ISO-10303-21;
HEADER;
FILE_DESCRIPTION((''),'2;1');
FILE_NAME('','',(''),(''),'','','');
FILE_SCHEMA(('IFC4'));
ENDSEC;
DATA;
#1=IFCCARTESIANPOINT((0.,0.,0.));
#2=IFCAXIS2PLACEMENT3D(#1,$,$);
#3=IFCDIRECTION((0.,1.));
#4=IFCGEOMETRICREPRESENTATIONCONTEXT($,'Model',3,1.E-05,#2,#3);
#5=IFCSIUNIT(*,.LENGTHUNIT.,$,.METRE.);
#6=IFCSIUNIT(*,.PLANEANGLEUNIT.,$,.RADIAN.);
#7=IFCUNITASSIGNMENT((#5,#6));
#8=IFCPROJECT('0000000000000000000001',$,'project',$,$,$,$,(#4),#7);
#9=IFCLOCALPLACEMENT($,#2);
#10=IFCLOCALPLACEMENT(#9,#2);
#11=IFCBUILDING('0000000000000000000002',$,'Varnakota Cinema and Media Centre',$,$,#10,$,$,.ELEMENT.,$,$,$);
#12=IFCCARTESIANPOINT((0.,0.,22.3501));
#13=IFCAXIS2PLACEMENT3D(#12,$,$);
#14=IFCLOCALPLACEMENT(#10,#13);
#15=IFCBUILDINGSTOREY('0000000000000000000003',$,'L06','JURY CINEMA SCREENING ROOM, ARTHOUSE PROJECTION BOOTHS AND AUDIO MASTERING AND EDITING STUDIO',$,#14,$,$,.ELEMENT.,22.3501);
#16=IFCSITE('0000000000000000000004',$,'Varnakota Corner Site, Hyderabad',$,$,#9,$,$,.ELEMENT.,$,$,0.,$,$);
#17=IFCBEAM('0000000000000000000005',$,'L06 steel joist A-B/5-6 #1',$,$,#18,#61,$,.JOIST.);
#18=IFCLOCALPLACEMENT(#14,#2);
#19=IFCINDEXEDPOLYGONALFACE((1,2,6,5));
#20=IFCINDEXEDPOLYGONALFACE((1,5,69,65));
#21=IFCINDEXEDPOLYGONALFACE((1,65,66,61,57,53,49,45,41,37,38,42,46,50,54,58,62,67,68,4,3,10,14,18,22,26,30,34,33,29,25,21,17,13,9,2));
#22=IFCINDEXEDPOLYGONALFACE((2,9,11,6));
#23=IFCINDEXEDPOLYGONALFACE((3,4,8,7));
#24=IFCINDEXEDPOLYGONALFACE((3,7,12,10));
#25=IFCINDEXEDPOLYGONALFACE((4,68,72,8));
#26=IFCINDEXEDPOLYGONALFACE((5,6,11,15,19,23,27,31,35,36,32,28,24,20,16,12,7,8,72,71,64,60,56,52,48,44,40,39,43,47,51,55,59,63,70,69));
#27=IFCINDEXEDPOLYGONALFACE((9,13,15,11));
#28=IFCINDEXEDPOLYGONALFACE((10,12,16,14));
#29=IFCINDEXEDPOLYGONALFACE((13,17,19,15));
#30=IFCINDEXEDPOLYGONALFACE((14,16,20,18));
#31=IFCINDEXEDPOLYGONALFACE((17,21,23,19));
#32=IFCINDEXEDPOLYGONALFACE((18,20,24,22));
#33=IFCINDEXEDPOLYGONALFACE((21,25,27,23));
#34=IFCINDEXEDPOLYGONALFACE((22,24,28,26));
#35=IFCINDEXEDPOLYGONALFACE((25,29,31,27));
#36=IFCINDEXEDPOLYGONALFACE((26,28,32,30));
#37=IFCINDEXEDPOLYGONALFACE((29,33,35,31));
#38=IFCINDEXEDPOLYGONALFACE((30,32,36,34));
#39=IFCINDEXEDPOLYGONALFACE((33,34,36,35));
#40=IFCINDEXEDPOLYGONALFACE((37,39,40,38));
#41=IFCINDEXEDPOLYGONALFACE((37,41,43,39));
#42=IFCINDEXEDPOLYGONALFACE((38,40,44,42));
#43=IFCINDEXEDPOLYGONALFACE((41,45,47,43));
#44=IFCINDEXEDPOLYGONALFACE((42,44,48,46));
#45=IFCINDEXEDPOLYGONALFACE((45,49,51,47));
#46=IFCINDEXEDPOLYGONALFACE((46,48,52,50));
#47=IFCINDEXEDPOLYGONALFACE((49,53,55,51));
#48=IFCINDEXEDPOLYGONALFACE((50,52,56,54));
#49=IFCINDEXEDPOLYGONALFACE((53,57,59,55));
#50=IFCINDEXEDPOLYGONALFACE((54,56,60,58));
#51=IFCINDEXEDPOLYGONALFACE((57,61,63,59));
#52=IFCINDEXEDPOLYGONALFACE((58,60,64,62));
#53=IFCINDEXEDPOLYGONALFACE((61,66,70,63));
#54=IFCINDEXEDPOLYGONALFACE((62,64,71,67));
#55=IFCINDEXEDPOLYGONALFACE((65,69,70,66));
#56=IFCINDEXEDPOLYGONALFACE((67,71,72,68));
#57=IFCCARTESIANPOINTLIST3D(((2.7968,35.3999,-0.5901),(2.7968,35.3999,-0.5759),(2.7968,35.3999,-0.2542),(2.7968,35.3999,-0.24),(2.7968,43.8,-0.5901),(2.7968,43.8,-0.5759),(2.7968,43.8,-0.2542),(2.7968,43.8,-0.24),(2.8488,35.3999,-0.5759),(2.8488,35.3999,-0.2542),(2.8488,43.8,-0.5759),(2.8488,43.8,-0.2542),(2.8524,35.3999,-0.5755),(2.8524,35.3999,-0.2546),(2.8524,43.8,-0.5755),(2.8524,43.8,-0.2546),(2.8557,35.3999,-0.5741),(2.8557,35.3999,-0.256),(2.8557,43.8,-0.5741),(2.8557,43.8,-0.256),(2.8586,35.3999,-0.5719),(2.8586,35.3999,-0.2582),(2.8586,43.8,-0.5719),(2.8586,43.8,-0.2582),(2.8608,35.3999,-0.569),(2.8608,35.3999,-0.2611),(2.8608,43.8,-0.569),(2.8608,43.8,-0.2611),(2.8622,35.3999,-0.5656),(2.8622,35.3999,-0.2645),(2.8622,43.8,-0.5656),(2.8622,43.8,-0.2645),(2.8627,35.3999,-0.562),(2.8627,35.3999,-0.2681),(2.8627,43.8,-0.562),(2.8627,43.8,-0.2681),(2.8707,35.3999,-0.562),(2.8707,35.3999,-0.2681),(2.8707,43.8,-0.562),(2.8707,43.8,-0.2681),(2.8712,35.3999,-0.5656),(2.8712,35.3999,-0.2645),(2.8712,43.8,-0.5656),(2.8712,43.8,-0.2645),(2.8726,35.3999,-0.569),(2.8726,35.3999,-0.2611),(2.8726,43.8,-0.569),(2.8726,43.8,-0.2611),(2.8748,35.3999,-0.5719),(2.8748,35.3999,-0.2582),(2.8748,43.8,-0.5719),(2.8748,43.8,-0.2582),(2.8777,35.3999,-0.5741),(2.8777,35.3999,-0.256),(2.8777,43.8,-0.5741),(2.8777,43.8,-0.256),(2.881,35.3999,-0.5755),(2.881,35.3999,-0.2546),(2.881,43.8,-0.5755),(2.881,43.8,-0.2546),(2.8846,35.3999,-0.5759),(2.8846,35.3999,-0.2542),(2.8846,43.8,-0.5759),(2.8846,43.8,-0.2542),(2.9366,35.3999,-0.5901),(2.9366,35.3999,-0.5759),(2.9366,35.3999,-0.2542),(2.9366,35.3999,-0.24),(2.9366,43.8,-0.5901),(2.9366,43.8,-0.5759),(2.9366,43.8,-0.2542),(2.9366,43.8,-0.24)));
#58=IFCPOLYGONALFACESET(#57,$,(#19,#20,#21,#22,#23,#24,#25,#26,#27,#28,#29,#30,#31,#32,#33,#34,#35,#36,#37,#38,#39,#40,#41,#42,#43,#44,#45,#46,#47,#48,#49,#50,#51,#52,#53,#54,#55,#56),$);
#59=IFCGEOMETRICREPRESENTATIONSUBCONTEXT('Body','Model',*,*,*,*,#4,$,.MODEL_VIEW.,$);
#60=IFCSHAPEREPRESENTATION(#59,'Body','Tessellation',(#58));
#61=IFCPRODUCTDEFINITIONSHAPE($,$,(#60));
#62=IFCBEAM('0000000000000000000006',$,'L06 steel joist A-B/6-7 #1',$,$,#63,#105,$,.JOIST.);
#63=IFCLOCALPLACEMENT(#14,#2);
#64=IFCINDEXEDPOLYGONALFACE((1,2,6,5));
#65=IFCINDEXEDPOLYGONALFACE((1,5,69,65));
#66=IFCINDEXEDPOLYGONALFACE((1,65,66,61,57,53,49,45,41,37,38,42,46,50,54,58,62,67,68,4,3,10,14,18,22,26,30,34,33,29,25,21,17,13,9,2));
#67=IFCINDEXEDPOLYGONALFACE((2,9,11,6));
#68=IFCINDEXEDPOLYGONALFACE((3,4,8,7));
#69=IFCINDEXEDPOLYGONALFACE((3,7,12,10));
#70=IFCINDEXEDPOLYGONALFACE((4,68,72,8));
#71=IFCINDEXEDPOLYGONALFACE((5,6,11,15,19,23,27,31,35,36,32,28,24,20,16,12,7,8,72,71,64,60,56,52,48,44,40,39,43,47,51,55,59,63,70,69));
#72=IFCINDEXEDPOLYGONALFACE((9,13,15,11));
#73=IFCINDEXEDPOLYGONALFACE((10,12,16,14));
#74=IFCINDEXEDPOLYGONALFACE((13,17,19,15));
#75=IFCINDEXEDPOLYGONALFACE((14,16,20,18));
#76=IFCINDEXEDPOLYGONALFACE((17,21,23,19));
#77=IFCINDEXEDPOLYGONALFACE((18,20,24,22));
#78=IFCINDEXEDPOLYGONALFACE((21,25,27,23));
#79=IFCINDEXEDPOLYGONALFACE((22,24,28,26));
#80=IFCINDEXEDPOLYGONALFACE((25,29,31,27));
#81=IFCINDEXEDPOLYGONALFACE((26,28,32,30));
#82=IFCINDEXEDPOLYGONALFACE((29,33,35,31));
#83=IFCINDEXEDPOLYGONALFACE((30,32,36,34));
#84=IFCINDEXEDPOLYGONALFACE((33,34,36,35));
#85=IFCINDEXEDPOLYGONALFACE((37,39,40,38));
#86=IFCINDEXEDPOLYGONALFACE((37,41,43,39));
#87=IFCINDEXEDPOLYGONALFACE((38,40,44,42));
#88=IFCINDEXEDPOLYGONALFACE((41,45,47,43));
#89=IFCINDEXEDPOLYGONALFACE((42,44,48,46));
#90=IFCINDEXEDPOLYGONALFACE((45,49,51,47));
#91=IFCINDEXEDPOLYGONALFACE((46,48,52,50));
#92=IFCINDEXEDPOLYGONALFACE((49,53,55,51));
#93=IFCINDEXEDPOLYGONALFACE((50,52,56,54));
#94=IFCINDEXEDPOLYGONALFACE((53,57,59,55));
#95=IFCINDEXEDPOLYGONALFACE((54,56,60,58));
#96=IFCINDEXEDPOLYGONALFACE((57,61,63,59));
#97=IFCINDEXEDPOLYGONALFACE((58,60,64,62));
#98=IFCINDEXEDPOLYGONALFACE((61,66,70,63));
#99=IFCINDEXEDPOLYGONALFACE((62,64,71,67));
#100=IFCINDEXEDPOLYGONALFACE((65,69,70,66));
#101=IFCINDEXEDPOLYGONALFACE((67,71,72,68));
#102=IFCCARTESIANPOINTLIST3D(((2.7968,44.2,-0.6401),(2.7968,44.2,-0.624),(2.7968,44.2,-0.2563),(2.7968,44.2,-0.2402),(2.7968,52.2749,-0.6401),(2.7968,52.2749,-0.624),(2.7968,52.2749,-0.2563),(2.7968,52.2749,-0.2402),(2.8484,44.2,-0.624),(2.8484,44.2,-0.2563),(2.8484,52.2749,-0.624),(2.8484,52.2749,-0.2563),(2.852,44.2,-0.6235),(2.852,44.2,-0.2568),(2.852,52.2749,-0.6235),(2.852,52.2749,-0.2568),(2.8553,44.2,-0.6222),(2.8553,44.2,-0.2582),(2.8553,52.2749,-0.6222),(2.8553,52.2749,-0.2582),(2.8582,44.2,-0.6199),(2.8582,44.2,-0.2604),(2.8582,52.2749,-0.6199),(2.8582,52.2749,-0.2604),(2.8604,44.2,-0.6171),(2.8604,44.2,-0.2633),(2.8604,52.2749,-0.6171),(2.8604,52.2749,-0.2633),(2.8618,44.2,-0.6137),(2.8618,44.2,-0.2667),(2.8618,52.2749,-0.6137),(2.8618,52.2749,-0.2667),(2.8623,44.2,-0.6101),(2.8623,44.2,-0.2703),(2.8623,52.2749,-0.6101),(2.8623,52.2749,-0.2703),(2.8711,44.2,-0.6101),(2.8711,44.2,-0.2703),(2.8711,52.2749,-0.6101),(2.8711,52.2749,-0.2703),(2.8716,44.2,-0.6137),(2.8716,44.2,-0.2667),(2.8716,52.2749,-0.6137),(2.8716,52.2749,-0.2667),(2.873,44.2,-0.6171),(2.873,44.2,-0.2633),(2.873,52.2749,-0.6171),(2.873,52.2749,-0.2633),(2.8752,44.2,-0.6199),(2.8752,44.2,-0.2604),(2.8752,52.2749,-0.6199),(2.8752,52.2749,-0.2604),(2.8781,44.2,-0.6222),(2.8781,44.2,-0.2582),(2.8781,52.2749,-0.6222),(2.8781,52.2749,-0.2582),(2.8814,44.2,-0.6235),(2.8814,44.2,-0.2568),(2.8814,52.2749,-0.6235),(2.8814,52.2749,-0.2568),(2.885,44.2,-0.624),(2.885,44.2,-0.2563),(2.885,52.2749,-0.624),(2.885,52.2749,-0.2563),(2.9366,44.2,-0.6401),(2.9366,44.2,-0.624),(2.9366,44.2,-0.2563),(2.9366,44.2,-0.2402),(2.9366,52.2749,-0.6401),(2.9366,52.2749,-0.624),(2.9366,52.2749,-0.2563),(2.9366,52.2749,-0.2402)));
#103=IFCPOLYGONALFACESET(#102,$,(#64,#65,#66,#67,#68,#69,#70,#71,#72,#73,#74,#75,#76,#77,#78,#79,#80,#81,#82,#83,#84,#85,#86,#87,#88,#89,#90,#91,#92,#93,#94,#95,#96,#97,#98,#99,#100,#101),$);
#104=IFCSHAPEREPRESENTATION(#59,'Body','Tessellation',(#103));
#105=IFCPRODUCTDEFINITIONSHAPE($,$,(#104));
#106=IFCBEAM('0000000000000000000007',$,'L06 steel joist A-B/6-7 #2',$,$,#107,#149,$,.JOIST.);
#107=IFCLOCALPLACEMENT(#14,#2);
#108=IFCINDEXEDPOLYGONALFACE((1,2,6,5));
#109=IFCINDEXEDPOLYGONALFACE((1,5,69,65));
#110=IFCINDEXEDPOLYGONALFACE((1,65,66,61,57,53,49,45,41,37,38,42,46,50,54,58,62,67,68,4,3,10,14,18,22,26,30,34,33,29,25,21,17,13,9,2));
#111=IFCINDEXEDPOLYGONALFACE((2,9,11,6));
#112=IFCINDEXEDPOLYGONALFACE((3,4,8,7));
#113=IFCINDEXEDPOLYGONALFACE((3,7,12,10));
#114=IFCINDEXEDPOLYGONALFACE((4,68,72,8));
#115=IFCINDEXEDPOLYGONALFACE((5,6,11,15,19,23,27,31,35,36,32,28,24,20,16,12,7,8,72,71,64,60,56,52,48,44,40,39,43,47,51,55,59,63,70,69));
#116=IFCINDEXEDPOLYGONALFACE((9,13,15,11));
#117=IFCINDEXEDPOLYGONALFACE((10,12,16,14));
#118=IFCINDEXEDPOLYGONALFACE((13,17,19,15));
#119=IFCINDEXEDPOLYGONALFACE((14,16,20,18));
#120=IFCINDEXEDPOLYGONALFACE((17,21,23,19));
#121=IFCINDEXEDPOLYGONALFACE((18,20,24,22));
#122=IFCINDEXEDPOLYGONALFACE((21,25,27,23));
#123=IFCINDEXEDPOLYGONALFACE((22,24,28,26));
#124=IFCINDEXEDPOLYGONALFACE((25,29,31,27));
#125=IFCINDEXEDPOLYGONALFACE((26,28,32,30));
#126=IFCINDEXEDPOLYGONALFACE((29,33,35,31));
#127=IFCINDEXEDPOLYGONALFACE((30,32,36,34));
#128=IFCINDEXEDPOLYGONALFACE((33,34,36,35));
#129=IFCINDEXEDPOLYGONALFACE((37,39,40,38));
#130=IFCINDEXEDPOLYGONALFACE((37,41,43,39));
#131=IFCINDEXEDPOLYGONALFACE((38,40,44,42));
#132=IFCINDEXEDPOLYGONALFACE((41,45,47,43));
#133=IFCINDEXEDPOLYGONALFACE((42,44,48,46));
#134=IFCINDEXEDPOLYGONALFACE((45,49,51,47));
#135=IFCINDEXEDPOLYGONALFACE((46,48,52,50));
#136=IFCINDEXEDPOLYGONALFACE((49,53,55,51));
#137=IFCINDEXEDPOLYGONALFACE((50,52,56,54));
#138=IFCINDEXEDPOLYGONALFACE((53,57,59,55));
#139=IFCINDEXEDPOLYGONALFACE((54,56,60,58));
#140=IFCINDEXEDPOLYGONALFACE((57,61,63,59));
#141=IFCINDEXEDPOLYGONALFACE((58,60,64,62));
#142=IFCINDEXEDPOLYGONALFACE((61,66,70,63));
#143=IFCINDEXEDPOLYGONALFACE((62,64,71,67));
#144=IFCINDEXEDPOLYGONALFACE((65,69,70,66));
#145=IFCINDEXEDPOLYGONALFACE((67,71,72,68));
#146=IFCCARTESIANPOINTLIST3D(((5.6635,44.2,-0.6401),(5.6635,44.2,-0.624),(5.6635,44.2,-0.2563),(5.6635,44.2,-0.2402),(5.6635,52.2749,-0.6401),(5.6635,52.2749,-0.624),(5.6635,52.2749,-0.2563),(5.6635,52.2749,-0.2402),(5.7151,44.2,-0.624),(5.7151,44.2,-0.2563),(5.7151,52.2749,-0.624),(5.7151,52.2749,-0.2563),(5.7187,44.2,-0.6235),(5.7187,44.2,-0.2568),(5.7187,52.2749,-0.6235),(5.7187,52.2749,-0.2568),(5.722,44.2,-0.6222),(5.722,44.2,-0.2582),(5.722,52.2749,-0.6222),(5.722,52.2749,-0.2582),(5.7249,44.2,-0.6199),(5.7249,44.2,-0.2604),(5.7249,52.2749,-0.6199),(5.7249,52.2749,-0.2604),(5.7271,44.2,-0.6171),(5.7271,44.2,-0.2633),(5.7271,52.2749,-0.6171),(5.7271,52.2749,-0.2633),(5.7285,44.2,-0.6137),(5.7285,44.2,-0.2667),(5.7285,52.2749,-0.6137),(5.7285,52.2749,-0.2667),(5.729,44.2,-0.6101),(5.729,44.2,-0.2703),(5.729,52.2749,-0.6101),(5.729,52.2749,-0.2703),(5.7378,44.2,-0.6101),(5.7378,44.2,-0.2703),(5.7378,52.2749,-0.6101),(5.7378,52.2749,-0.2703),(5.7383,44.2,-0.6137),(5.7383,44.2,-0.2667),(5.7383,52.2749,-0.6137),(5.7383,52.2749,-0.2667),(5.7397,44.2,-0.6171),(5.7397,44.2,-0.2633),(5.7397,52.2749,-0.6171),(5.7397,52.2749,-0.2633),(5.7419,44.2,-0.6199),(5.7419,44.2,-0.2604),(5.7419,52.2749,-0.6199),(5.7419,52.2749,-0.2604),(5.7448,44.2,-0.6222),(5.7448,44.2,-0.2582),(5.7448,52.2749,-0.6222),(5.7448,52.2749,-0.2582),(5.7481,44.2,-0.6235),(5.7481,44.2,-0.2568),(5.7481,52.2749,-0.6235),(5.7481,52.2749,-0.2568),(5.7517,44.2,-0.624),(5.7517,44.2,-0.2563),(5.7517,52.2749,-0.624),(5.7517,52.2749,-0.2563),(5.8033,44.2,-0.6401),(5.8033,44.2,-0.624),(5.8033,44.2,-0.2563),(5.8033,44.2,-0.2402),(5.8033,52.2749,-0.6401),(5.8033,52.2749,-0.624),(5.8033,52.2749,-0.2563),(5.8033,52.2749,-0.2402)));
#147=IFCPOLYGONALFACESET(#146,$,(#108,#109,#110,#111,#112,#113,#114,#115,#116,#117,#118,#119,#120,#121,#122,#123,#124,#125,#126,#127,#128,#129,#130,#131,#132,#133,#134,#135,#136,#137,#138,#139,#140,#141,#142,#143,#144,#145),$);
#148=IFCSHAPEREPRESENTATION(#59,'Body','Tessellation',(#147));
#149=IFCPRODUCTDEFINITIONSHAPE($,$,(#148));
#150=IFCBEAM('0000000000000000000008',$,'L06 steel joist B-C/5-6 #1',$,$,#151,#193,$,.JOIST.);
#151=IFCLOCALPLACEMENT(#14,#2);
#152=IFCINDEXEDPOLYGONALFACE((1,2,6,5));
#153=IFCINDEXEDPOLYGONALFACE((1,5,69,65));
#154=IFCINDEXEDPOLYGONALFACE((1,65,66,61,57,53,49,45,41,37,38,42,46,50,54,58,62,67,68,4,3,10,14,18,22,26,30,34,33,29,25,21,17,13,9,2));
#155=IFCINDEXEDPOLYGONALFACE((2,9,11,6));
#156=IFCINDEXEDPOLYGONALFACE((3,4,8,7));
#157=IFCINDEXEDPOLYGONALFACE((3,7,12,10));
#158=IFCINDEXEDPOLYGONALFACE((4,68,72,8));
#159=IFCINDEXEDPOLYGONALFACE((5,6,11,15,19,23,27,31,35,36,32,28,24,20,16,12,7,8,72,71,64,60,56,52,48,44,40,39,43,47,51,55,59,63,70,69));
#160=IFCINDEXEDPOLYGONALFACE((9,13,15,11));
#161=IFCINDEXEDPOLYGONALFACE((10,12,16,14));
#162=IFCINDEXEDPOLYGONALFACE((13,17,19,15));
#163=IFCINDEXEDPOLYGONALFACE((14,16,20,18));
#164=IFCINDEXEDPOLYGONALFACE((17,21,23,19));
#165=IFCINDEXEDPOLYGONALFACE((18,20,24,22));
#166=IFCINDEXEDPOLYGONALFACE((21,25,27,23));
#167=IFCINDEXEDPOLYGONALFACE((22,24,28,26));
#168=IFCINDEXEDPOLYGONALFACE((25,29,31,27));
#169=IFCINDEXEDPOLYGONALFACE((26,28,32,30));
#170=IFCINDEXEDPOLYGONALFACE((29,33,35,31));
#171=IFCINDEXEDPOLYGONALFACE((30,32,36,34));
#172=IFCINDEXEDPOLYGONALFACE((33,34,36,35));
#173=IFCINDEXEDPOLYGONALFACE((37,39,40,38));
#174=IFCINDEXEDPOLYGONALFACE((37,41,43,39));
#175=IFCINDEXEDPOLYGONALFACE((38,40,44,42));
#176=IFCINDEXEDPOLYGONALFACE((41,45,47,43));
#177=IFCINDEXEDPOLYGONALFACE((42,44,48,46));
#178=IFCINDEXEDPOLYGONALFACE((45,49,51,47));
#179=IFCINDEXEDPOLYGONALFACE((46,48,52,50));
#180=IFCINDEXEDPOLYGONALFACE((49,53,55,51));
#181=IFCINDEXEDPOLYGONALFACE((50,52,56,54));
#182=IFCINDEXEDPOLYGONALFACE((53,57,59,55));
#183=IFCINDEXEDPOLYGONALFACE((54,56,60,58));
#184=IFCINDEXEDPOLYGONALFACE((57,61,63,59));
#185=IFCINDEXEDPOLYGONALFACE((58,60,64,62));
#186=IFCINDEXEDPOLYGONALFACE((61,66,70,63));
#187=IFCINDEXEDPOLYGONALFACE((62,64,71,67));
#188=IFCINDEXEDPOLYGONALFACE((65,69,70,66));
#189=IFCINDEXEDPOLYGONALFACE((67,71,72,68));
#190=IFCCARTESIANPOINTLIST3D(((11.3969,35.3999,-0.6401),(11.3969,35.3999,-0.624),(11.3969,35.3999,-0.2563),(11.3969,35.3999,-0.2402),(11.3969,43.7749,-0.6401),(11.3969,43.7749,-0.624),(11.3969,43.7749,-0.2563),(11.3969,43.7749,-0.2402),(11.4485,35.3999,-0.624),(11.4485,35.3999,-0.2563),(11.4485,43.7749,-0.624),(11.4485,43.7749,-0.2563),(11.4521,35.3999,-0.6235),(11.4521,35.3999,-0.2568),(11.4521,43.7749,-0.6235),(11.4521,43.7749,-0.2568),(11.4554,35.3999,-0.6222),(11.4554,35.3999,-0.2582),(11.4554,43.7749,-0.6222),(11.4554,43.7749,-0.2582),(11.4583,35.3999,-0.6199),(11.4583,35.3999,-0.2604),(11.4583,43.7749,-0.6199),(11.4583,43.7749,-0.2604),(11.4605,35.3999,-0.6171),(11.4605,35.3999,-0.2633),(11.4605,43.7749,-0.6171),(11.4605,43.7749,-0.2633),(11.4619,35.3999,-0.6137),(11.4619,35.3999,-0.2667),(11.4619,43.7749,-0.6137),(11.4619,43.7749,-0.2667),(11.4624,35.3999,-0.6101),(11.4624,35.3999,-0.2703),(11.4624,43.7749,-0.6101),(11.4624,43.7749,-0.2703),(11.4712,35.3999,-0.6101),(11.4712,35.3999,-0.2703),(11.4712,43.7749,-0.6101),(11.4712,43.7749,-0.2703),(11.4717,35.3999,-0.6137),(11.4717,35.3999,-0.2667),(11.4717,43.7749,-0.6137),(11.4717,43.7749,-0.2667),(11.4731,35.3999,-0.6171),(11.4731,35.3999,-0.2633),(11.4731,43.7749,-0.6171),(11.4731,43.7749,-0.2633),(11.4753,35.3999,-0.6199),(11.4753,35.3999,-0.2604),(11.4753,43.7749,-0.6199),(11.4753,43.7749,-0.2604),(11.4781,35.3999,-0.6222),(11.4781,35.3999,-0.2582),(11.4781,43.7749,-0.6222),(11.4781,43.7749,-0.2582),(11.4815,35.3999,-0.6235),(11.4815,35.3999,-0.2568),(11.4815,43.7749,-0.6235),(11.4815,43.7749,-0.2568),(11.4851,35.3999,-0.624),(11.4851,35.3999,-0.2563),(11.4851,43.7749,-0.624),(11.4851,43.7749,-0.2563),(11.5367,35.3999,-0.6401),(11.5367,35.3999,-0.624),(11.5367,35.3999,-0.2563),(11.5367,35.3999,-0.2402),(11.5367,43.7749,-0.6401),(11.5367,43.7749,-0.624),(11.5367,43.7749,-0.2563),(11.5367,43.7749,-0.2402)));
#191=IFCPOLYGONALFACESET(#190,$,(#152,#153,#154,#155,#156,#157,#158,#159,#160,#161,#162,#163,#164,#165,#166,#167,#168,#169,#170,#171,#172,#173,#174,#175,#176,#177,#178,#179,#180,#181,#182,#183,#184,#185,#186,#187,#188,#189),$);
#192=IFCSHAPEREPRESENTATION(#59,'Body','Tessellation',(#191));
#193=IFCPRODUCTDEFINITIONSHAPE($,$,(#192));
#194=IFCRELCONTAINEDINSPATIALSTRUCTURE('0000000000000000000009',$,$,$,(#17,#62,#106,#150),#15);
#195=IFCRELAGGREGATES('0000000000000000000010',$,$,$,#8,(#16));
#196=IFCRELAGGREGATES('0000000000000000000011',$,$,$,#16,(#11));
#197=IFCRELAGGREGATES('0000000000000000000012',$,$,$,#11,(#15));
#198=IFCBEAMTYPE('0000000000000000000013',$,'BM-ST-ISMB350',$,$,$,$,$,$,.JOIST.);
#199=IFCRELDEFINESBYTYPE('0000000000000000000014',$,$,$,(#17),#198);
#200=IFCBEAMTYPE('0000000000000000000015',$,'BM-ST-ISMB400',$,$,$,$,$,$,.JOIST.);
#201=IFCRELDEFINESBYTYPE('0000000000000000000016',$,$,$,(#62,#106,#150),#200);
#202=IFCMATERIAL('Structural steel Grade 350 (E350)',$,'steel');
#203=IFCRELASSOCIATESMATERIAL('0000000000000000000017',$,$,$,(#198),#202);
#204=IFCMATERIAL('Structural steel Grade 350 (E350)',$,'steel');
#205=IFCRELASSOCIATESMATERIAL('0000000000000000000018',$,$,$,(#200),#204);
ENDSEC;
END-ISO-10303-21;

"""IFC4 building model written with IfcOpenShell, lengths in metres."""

from ifc_helpers import new_model, si_unit, direction, frame, origin, origin_2d, place, context, subcontext, project, spatial, i_section, extrude, material, material_profile, profile_set, type_object, element, save


model = new_model("IFC4")

# Units and contexts
model_context = context("Model", 3, precision=1e-05, world=origin(), true_north=direction((0.0, 1.0)))
body_context = subcontext(model_context, "Body", "Model", "MODEL_VIEW")
ifc_project = project(units=[si_unit("LENGTHUNIT", "METRE"), si_unit("PLANEANGLEUNIT", "RADIAN")], contexts=[model_context])

# Site, building, storey
site_placement = place(None, origin())
site = spatial("IfcSite", under=ifc_project, at=site_placement, Name="Varnakota Corner Site, Hyderabad", CompositionType="ELEMENT", RefElevation=0.0)
building_placement = place(site_placement, origin())
building = spatial("IfcBuilding", under=site, at=building_placement, Name="Varnakota Cinema and Media Centre", CompositionType="ELEMENT")
storey_placement = place(building_placement, frame((0.0, 0.0, 22.3501)))
storey = spatial("IfcBuildingStorey", under=building, at=storey_placement, Name="L06", Description="JURY CINEMA SCREENING ROOM, ARTHOUSE PROJECTION BOOTHS AND AUDIO MASTERING AND EDITING STUDIO", CompositionType="ELEMENT", Elevation=22.3501)

# Beams
ifc_material_1 = material(Name="Structural steel Grade 350 (E350)", Category="steel")
ifc_material_profile_1 = material_profile(ifc_material_1, i_section(OverallWidth=0.1399, OverallDepth=0.3501, WebThickness=0.0081, FlangeThickness=0.0142, FilletRadius=0.0139, at=origin_2d()), Name="ISMB 350")
ifc_profile_set_1 = profile_set([ifc_material_profile_1], Name="Structural steel Grade 350 (E350)")
beam_type_1 = type_object("IfcBeamType", Name="BM-ST-ISMB350", PredefinedType="JOIST", material=ifc_profile_set_1)
beam_1_placement = place(storey_placement, frame((2.8667, 35.3999, -0.415), z_axis=(0.0, 1.0, 0.0), x_axis=(-1.0, 0.0, 0.0)))
element("IfcBeam", 1, at=beam_1_placement, inside=storey, type_object=beam_type_1, Name="L06 steel joist A-B/5-6 #1", PredefinedType="JOIST", context=body_context, shape_type="SweptSolid", body=[
    extrude(i_section(OverallWidth=0.1399, OverallDepth=0.3501, WebThickness=0.0081, FlangeThickness=0.0142, FilletRadius=0.0139, at=origin_2d()), origin(), (0.0, 0.0, 1.0), 8.4001),
])
ifc_material_2 = material(Name="Structural steel Grade 350 (E350)", Category="steel")
ifc_material_profile_2 = material_profile(ifc_material_2, i_section(OverallWidth=0.1399, OverallDepth=0.3999, WebThickness=0.0088, FlangeThickness=0.0161, FilletRadius=0.0139, at=origin_2d()), Name="ISMB 400")
ifc_profile_set_2 = profile_set([ifc_material_profile_2], Name="Structural steel Grade 350 (E350)")
beam_type_2 = type_object("IfcBeamType", Name="BM-ST-ISMB400", PredefinedType="JOIST", material=ifc_profile_set_2)
for number, where, z_axis, x_axis, name in (
    (2, (2.8667, 44.2, -0.4402), (0.0, 1.0, 0.0), (-1.0, 0.0, 0.0), "L06 steel joist A-B/6-7 #1"),
    (3, (5.7334, 44.2, -0.4402), (0.0, 1.0, 0.0), (-1.0, 0.0, 0.0), "L06 steel joist A-B/6-7 #2"),
):
    element("IfcBeam", number, at=place(storey_placement, frame(where, z_axis=z_axis, x_axis=x_axis)), inside=storey, type_object=beam_type_2, Name=name, PredefinedType="JOIST", context=body_context, shape_type="SweptSolid", body=[
        extrude(i_section(OverallWidth=0.1399, OverallDepth=0.3999, WebThickness=0.0088, FlangeThickness=0.0161, FilletRadius=0.0139, at=origin_2d()), origin(), (0.0, 0.0, 1.0), 8.075),
    ])
for number, where, z_axis, x_axis, name in (
    (4, (11.4668, 35.3999, -0.4402), (0.0, 1.0, 0.0), (-1.0, 0.0, 0.0), "L06 steel joist B-C/5-6 #1"),
):
    element("IfcBeam", number, at=place(storey_placement, frame(where, z_axis=z_axis, x_axis=x_axis)), inside=storey, type_object=beam_type_2, Name=name, PredefinedType="JOIST", context=body_context, shape_type="SweptSolid", body=[
        extrude(i_section(OverallWidth=0.1399, OverallDepth=0.3999, WebThickness=0.0088, FlangeThickness=0.0161, FilletRadius=0.0139, at=origin_2d()), origin(), (0.0, 0.0, 1.0), 8.375),
    ])

save(model, "model.ifc")
